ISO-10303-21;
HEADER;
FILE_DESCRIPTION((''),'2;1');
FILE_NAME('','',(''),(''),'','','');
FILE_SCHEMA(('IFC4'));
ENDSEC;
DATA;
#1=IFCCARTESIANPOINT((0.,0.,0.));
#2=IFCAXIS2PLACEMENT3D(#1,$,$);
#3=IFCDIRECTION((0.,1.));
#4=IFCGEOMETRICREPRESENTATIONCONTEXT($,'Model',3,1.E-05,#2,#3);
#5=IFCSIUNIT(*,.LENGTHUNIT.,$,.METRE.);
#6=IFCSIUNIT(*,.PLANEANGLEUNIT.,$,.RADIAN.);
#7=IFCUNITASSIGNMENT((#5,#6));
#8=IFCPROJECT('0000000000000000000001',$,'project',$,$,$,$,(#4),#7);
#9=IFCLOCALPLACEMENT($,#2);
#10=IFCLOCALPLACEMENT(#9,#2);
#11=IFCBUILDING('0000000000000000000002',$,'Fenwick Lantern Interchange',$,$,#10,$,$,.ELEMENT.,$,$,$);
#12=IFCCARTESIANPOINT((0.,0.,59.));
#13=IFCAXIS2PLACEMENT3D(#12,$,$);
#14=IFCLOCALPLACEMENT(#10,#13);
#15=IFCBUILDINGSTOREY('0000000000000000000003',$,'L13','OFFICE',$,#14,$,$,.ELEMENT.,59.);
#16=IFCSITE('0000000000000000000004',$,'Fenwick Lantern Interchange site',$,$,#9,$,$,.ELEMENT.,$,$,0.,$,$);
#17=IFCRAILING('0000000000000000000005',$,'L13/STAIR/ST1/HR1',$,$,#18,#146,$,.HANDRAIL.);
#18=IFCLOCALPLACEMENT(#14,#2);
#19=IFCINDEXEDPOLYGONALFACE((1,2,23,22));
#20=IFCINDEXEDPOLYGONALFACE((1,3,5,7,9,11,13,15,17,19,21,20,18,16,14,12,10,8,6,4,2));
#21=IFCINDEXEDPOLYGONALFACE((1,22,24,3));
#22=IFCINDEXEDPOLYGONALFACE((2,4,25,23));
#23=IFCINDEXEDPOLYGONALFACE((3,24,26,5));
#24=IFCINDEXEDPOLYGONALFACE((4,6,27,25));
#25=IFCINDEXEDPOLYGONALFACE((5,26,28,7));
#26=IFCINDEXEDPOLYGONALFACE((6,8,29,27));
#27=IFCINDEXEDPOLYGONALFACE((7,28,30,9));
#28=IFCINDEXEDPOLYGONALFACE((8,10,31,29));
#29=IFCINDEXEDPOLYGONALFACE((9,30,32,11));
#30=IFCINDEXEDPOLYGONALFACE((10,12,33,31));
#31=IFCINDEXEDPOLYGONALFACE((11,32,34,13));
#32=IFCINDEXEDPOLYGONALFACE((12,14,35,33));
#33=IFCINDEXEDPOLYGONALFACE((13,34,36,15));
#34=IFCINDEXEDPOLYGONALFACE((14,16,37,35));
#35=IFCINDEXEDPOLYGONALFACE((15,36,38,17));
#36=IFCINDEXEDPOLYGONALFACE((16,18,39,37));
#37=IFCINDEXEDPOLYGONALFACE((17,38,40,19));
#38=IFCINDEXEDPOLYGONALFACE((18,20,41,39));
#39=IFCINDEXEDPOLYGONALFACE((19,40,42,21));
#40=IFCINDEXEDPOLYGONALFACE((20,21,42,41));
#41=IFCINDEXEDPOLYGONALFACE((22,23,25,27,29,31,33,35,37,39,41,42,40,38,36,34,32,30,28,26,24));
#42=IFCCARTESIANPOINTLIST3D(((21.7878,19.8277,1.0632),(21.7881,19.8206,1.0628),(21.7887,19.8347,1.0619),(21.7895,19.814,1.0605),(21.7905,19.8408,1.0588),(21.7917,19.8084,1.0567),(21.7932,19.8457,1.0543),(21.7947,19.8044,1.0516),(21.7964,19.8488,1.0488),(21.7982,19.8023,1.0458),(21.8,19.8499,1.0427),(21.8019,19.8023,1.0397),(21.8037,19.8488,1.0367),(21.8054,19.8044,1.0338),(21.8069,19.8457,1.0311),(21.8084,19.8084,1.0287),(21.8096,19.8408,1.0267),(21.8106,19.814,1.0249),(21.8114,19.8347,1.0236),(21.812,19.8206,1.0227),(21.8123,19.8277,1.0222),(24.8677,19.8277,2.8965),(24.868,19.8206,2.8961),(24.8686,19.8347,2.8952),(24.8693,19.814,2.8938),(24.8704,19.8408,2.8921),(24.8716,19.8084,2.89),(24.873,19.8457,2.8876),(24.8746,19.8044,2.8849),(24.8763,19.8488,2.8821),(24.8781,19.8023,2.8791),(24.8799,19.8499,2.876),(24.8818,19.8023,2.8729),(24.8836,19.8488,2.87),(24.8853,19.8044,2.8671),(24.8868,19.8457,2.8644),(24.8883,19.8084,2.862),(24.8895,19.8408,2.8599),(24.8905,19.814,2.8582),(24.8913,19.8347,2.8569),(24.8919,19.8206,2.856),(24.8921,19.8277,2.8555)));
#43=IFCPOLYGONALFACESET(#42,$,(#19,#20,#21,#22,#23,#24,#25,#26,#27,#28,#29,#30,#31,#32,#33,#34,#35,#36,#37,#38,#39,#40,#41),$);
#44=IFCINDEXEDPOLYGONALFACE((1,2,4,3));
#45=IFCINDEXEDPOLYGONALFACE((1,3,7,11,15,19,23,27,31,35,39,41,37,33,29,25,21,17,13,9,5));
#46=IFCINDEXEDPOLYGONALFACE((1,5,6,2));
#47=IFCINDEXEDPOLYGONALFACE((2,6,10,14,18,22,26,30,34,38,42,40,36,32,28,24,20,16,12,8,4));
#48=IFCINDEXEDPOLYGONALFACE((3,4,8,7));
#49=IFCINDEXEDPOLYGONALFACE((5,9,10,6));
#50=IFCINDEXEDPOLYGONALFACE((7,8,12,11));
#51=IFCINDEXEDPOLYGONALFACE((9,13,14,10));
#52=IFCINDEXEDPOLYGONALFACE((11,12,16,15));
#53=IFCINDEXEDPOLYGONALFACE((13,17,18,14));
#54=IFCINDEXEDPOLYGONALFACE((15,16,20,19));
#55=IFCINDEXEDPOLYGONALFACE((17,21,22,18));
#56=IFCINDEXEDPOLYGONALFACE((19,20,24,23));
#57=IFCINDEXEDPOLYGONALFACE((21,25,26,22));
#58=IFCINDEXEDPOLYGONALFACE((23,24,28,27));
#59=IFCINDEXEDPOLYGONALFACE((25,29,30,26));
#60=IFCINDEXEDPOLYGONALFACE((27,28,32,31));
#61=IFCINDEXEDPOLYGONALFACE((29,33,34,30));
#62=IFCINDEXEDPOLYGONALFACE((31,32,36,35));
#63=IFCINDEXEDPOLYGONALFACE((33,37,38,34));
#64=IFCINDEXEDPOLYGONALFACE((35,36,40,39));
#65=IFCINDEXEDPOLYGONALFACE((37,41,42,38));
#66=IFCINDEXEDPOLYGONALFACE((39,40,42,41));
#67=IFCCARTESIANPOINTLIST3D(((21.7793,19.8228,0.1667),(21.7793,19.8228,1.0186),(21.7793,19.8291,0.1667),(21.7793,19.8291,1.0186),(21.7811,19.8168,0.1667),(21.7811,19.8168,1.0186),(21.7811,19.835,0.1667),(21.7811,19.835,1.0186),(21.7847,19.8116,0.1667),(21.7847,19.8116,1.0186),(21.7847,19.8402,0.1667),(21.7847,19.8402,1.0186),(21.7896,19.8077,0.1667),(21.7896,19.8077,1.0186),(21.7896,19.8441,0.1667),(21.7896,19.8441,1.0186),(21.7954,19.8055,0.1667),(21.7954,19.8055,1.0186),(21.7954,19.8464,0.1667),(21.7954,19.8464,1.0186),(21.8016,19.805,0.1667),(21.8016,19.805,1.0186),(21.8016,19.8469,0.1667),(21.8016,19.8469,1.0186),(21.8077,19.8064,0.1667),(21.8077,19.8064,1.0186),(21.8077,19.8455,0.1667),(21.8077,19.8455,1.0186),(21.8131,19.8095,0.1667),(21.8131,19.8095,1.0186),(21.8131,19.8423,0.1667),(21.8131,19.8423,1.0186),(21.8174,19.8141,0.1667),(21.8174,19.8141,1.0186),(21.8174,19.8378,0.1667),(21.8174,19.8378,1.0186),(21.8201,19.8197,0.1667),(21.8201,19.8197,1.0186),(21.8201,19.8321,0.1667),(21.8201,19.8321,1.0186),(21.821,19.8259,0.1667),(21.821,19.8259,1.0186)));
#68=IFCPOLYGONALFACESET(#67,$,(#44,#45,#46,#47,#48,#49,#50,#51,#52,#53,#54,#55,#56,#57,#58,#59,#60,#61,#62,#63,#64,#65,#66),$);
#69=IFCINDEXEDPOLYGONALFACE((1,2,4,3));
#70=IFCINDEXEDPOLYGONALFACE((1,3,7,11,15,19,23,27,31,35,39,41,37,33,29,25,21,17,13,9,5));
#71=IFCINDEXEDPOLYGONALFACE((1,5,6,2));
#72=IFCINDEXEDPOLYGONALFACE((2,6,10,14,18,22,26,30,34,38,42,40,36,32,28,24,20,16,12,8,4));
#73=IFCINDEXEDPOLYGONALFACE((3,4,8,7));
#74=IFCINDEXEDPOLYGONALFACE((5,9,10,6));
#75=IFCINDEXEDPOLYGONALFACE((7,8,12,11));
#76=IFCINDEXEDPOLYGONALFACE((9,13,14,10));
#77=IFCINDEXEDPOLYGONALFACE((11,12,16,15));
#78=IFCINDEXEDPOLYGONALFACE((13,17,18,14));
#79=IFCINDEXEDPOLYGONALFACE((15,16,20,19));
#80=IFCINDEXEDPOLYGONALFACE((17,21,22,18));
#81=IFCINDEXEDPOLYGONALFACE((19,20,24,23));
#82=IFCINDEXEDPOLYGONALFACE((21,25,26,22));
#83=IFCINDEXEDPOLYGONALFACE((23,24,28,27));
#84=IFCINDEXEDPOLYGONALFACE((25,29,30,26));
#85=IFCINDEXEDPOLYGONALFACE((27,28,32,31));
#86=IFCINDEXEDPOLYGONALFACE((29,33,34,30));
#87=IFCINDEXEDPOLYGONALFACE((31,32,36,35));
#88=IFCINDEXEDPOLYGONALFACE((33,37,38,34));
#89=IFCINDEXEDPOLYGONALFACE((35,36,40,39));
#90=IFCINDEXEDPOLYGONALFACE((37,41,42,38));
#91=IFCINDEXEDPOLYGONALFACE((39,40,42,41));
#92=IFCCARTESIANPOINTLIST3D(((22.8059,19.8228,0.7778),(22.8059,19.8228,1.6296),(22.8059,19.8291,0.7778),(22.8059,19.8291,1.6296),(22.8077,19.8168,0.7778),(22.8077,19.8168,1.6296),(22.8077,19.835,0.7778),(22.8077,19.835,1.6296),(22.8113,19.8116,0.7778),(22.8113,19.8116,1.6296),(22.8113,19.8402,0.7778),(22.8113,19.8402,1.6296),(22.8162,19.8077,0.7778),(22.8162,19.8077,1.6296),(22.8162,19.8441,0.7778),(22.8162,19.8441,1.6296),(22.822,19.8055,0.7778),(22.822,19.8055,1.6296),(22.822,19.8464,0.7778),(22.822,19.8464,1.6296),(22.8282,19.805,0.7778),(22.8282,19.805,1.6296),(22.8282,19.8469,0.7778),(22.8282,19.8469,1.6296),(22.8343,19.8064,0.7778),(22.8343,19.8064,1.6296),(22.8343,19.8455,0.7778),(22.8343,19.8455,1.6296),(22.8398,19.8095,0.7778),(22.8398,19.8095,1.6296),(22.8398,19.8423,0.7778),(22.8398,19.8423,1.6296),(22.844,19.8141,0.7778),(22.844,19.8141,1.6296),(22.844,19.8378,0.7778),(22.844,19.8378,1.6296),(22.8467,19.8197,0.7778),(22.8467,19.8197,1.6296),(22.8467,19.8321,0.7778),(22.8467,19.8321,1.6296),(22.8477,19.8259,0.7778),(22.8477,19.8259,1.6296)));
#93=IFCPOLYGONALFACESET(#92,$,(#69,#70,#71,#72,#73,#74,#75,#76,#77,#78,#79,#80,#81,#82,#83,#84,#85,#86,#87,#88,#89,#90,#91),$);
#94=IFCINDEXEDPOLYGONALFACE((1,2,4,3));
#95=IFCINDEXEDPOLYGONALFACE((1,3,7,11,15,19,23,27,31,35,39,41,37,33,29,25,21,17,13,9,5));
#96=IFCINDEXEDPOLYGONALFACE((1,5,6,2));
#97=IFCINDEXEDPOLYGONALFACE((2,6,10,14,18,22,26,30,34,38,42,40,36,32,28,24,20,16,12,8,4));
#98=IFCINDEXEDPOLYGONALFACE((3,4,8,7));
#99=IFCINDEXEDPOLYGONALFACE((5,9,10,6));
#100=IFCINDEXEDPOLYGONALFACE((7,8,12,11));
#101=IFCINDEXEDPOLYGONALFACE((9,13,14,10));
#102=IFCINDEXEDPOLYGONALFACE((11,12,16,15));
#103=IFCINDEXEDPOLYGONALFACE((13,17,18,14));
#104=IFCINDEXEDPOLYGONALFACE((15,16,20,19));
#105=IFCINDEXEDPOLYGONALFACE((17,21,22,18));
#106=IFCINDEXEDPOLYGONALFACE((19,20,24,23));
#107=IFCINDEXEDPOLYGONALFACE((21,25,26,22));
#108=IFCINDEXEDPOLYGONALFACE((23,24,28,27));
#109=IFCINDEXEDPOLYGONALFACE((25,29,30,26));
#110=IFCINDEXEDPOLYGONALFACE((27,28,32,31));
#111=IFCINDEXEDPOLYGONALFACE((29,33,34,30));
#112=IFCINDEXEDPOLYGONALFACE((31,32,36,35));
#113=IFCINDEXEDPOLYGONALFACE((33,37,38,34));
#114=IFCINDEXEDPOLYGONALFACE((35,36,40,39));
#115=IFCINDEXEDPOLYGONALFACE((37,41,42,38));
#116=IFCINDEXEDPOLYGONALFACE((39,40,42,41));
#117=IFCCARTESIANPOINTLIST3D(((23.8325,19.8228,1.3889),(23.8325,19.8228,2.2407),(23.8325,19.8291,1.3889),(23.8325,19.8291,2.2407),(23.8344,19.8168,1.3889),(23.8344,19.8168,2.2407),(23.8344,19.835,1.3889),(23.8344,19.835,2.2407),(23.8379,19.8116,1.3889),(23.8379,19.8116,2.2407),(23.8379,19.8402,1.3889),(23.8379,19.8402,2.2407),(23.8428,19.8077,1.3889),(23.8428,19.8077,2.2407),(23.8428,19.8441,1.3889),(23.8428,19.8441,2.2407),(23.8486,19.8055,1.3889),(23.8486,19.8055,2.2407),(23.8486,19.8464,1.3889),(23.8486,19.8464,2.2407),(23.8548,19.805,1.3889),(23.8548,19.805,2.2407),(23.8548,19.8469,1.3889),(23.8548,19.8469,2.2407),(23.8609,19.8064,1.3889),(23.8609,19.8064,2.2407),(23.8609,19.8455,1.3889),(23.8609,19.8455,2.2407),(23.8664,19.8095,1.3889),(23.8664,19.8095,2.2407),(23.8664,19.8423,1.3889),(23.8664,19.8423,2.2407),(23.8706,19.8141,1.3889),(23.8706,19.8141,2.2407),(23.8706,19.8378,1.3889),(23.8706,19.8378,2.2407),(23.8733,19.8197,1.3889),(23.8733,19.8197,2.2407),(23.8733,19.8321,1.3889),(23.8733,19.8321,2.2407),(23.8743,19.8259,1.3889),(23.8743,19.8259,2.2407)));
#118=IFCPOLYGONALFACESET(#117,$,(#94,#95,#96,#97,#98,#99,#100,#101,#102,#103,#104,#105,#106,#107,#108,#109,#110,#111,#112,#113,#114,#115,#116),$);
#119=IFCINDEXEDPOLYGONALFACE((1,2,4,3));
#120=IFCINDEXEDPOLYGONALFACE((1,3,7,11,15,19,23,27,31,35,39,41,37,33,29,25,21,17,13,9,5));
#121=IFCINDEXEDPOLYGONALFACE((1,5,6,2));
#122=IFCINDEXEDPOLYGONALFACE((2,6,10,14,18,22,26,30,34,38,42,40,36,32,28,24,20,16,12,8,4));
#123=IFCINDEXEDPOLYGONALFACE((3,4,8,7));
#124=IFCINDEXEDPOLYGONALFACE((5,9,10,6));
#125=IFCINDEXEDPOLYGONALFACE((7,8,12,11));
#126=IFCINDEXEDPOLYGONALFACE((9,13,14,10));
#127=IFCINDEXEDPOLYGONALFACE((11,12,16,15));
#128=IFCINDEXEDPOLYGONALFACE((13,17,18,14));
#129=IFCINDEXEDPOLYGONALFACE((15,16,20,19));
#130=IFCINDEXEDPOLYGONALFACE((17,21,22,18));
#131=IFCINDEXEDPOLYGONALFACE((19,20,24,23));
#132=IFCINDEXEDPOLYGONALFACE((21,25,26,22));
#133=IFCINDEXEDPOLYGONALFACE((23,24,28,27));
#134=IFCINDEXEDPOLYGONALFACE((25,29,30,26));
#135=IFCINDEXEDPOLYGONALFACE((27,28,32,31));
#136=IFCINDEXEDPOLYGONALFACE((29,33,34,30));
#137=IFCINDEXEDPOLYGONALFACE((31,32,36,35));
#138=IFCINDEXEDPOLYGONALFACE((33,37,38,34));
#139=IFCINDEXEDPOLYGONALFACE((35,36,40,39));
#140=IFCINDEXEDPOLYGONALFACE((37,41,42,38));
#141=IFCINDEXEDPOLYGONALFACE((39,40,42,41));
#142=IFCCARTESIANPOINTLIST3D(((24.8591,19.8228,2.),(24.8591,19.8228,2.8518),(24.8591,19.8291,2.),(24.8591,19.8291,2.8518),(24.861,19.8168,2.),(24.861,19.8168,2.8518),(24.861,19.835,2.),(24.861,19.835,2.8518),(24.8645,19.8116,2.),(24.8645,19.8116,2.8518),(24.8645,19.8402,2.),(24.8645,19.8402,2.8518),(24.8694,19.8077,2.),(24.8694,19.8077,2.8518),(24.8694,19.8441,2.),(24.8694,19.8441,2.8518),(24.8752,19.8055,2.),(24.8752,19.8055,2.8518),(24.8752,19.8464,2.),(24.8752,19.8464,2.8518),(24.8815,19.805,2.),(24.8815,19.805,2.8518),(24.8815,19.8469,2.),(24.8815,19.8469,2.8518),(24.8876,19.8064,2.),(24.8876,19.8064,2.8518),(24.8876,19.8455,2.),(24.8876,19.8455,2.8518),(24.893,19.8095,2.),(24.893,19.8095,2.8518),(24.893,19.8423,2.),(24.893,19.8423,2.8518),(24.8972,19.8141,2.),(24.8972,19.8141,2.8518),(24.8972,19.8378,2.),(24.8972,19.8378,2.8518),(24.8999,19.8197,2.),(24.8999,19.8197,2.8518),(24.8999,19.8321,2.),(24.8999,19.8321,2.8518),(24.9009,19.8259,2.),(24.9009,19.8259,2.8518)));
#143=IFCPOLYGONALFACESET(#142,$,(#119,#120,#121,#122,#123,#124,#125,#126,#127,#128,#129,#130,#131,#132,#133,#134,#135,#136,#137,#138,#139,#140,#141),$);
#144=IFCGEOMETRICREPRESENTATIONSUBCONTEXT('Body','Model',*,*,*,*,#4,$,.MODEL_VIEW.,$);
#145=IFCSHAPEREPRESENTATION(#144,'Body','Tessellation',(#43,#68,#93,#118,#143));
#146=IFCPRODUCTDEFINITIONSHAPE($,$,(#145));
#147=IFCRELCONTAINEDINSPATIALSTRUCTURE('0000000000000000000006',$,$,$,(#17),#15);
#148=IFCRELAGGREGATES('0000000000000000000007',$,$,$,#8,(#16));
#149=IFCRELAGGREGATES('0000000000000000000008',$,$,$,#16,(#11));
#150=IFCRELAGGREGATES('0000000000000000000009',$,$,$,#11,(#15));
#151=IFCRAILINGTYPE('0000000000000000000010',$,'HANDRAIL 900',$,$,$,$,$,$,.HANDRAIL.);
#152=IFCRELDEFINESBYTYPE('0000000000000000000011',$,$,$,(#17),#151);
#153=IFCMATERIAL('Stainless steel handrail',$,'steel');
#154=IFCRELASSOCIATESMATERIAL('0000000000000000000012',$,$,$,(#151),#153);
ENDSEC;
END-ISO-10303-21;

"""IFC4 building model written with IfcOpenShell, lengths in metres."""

from ifc_helpers import new_model, si_unit, direction, frame, origin, origin_2d, place, context, subcontext, project, spatial, circle, extrude, material, type_object, element, save


model = new_model("IFC4")

# Units and contexts
model_context = context("Model", 3, precision=1e-05, world=origin(), true_north=direction((0.0, 1.0)))
body_context = subcontext(model_context, "Body", "Model", "MODEL_VIEW")
ifc_project = project(units=[si_unit("LENGTHUNIT", "METRE"), si_unit("PLANEANGLEUNIT", "RADIAN")], contexts=[model_context])

# Site, building, storey
site_placement = place(None, origin())
site = spatial("IfcSite", under=ifc_project, at=site_placement, Name="Fenwick Lantern Interchange site", CompositionType="ELEMENT", RefElevation=0.0)
building_placement = place(site_placement, origin())
building = spatial("IfcBuilding", under=site, at=building_placement, Name="Fenwick Lantern Interchange", CompositionType="ELEMENT")
storey_placement = place(building_placement, frame((0.0, 0.0, 59.0)))
storey = spatial("IfcBuildingStorey", under=building, at=storey_placement, Name="L13", Description="OFFICE", CompositionType="ELEMENT", Elevation=59.0)

# Railing
ifc_material_1 = material(Name="Stainless steel handrail", Category="steel")
railing_type = type_object("IfcRailingType", Name="HANDRAIL 900", PredefinedType="HANDRAIL", material=ifc_material_1)
railing_1_placement = place(storey_placement, frame((21.8, 19.8259, 0.1667)))
element("IfcRailing", 1, at=railing_1_placement, inside=storey, type_object=railing_type, Name="L13/STAIR/ST1/HR1", PredefinedType="HANDRAIL", context=body_context, shape_type="SweptSolid", body=[
    extrude(circle(Radius=0.0239, at=origin_2d()), frame((0.0, 0.0, 0.876), z_axis=(0.859291, 0.0, 0.511487), x_axis=(0.0, 1.0, 0.0)), (0.0, 0.0, 1.0), 3.5842),
    extrude(circle(Radius=0.021, at=origin_2d()), origin(), (0.0, 0.0, 1.0), 0.8518),
    extrude(circle(Radius=0.021, at=origin_2d()), frame((1.0266, 0.0, 0.6111)), (0.0, 0.0, 1.0), 0.8518),
    extrude(circle(Radius=0.021, at=origin_2d()), frame((2.0532, 0.0, 1.2222)), (0.0, 0.0, 1.0), 0.8518),
    extrude(circle(Radius=0.021, at=origin_2d()), frame((3.0798, 0.0, 1.8333)), (0.0, 0.0, 1.0), 0.8518),
])

save(model, "model.ifc")
